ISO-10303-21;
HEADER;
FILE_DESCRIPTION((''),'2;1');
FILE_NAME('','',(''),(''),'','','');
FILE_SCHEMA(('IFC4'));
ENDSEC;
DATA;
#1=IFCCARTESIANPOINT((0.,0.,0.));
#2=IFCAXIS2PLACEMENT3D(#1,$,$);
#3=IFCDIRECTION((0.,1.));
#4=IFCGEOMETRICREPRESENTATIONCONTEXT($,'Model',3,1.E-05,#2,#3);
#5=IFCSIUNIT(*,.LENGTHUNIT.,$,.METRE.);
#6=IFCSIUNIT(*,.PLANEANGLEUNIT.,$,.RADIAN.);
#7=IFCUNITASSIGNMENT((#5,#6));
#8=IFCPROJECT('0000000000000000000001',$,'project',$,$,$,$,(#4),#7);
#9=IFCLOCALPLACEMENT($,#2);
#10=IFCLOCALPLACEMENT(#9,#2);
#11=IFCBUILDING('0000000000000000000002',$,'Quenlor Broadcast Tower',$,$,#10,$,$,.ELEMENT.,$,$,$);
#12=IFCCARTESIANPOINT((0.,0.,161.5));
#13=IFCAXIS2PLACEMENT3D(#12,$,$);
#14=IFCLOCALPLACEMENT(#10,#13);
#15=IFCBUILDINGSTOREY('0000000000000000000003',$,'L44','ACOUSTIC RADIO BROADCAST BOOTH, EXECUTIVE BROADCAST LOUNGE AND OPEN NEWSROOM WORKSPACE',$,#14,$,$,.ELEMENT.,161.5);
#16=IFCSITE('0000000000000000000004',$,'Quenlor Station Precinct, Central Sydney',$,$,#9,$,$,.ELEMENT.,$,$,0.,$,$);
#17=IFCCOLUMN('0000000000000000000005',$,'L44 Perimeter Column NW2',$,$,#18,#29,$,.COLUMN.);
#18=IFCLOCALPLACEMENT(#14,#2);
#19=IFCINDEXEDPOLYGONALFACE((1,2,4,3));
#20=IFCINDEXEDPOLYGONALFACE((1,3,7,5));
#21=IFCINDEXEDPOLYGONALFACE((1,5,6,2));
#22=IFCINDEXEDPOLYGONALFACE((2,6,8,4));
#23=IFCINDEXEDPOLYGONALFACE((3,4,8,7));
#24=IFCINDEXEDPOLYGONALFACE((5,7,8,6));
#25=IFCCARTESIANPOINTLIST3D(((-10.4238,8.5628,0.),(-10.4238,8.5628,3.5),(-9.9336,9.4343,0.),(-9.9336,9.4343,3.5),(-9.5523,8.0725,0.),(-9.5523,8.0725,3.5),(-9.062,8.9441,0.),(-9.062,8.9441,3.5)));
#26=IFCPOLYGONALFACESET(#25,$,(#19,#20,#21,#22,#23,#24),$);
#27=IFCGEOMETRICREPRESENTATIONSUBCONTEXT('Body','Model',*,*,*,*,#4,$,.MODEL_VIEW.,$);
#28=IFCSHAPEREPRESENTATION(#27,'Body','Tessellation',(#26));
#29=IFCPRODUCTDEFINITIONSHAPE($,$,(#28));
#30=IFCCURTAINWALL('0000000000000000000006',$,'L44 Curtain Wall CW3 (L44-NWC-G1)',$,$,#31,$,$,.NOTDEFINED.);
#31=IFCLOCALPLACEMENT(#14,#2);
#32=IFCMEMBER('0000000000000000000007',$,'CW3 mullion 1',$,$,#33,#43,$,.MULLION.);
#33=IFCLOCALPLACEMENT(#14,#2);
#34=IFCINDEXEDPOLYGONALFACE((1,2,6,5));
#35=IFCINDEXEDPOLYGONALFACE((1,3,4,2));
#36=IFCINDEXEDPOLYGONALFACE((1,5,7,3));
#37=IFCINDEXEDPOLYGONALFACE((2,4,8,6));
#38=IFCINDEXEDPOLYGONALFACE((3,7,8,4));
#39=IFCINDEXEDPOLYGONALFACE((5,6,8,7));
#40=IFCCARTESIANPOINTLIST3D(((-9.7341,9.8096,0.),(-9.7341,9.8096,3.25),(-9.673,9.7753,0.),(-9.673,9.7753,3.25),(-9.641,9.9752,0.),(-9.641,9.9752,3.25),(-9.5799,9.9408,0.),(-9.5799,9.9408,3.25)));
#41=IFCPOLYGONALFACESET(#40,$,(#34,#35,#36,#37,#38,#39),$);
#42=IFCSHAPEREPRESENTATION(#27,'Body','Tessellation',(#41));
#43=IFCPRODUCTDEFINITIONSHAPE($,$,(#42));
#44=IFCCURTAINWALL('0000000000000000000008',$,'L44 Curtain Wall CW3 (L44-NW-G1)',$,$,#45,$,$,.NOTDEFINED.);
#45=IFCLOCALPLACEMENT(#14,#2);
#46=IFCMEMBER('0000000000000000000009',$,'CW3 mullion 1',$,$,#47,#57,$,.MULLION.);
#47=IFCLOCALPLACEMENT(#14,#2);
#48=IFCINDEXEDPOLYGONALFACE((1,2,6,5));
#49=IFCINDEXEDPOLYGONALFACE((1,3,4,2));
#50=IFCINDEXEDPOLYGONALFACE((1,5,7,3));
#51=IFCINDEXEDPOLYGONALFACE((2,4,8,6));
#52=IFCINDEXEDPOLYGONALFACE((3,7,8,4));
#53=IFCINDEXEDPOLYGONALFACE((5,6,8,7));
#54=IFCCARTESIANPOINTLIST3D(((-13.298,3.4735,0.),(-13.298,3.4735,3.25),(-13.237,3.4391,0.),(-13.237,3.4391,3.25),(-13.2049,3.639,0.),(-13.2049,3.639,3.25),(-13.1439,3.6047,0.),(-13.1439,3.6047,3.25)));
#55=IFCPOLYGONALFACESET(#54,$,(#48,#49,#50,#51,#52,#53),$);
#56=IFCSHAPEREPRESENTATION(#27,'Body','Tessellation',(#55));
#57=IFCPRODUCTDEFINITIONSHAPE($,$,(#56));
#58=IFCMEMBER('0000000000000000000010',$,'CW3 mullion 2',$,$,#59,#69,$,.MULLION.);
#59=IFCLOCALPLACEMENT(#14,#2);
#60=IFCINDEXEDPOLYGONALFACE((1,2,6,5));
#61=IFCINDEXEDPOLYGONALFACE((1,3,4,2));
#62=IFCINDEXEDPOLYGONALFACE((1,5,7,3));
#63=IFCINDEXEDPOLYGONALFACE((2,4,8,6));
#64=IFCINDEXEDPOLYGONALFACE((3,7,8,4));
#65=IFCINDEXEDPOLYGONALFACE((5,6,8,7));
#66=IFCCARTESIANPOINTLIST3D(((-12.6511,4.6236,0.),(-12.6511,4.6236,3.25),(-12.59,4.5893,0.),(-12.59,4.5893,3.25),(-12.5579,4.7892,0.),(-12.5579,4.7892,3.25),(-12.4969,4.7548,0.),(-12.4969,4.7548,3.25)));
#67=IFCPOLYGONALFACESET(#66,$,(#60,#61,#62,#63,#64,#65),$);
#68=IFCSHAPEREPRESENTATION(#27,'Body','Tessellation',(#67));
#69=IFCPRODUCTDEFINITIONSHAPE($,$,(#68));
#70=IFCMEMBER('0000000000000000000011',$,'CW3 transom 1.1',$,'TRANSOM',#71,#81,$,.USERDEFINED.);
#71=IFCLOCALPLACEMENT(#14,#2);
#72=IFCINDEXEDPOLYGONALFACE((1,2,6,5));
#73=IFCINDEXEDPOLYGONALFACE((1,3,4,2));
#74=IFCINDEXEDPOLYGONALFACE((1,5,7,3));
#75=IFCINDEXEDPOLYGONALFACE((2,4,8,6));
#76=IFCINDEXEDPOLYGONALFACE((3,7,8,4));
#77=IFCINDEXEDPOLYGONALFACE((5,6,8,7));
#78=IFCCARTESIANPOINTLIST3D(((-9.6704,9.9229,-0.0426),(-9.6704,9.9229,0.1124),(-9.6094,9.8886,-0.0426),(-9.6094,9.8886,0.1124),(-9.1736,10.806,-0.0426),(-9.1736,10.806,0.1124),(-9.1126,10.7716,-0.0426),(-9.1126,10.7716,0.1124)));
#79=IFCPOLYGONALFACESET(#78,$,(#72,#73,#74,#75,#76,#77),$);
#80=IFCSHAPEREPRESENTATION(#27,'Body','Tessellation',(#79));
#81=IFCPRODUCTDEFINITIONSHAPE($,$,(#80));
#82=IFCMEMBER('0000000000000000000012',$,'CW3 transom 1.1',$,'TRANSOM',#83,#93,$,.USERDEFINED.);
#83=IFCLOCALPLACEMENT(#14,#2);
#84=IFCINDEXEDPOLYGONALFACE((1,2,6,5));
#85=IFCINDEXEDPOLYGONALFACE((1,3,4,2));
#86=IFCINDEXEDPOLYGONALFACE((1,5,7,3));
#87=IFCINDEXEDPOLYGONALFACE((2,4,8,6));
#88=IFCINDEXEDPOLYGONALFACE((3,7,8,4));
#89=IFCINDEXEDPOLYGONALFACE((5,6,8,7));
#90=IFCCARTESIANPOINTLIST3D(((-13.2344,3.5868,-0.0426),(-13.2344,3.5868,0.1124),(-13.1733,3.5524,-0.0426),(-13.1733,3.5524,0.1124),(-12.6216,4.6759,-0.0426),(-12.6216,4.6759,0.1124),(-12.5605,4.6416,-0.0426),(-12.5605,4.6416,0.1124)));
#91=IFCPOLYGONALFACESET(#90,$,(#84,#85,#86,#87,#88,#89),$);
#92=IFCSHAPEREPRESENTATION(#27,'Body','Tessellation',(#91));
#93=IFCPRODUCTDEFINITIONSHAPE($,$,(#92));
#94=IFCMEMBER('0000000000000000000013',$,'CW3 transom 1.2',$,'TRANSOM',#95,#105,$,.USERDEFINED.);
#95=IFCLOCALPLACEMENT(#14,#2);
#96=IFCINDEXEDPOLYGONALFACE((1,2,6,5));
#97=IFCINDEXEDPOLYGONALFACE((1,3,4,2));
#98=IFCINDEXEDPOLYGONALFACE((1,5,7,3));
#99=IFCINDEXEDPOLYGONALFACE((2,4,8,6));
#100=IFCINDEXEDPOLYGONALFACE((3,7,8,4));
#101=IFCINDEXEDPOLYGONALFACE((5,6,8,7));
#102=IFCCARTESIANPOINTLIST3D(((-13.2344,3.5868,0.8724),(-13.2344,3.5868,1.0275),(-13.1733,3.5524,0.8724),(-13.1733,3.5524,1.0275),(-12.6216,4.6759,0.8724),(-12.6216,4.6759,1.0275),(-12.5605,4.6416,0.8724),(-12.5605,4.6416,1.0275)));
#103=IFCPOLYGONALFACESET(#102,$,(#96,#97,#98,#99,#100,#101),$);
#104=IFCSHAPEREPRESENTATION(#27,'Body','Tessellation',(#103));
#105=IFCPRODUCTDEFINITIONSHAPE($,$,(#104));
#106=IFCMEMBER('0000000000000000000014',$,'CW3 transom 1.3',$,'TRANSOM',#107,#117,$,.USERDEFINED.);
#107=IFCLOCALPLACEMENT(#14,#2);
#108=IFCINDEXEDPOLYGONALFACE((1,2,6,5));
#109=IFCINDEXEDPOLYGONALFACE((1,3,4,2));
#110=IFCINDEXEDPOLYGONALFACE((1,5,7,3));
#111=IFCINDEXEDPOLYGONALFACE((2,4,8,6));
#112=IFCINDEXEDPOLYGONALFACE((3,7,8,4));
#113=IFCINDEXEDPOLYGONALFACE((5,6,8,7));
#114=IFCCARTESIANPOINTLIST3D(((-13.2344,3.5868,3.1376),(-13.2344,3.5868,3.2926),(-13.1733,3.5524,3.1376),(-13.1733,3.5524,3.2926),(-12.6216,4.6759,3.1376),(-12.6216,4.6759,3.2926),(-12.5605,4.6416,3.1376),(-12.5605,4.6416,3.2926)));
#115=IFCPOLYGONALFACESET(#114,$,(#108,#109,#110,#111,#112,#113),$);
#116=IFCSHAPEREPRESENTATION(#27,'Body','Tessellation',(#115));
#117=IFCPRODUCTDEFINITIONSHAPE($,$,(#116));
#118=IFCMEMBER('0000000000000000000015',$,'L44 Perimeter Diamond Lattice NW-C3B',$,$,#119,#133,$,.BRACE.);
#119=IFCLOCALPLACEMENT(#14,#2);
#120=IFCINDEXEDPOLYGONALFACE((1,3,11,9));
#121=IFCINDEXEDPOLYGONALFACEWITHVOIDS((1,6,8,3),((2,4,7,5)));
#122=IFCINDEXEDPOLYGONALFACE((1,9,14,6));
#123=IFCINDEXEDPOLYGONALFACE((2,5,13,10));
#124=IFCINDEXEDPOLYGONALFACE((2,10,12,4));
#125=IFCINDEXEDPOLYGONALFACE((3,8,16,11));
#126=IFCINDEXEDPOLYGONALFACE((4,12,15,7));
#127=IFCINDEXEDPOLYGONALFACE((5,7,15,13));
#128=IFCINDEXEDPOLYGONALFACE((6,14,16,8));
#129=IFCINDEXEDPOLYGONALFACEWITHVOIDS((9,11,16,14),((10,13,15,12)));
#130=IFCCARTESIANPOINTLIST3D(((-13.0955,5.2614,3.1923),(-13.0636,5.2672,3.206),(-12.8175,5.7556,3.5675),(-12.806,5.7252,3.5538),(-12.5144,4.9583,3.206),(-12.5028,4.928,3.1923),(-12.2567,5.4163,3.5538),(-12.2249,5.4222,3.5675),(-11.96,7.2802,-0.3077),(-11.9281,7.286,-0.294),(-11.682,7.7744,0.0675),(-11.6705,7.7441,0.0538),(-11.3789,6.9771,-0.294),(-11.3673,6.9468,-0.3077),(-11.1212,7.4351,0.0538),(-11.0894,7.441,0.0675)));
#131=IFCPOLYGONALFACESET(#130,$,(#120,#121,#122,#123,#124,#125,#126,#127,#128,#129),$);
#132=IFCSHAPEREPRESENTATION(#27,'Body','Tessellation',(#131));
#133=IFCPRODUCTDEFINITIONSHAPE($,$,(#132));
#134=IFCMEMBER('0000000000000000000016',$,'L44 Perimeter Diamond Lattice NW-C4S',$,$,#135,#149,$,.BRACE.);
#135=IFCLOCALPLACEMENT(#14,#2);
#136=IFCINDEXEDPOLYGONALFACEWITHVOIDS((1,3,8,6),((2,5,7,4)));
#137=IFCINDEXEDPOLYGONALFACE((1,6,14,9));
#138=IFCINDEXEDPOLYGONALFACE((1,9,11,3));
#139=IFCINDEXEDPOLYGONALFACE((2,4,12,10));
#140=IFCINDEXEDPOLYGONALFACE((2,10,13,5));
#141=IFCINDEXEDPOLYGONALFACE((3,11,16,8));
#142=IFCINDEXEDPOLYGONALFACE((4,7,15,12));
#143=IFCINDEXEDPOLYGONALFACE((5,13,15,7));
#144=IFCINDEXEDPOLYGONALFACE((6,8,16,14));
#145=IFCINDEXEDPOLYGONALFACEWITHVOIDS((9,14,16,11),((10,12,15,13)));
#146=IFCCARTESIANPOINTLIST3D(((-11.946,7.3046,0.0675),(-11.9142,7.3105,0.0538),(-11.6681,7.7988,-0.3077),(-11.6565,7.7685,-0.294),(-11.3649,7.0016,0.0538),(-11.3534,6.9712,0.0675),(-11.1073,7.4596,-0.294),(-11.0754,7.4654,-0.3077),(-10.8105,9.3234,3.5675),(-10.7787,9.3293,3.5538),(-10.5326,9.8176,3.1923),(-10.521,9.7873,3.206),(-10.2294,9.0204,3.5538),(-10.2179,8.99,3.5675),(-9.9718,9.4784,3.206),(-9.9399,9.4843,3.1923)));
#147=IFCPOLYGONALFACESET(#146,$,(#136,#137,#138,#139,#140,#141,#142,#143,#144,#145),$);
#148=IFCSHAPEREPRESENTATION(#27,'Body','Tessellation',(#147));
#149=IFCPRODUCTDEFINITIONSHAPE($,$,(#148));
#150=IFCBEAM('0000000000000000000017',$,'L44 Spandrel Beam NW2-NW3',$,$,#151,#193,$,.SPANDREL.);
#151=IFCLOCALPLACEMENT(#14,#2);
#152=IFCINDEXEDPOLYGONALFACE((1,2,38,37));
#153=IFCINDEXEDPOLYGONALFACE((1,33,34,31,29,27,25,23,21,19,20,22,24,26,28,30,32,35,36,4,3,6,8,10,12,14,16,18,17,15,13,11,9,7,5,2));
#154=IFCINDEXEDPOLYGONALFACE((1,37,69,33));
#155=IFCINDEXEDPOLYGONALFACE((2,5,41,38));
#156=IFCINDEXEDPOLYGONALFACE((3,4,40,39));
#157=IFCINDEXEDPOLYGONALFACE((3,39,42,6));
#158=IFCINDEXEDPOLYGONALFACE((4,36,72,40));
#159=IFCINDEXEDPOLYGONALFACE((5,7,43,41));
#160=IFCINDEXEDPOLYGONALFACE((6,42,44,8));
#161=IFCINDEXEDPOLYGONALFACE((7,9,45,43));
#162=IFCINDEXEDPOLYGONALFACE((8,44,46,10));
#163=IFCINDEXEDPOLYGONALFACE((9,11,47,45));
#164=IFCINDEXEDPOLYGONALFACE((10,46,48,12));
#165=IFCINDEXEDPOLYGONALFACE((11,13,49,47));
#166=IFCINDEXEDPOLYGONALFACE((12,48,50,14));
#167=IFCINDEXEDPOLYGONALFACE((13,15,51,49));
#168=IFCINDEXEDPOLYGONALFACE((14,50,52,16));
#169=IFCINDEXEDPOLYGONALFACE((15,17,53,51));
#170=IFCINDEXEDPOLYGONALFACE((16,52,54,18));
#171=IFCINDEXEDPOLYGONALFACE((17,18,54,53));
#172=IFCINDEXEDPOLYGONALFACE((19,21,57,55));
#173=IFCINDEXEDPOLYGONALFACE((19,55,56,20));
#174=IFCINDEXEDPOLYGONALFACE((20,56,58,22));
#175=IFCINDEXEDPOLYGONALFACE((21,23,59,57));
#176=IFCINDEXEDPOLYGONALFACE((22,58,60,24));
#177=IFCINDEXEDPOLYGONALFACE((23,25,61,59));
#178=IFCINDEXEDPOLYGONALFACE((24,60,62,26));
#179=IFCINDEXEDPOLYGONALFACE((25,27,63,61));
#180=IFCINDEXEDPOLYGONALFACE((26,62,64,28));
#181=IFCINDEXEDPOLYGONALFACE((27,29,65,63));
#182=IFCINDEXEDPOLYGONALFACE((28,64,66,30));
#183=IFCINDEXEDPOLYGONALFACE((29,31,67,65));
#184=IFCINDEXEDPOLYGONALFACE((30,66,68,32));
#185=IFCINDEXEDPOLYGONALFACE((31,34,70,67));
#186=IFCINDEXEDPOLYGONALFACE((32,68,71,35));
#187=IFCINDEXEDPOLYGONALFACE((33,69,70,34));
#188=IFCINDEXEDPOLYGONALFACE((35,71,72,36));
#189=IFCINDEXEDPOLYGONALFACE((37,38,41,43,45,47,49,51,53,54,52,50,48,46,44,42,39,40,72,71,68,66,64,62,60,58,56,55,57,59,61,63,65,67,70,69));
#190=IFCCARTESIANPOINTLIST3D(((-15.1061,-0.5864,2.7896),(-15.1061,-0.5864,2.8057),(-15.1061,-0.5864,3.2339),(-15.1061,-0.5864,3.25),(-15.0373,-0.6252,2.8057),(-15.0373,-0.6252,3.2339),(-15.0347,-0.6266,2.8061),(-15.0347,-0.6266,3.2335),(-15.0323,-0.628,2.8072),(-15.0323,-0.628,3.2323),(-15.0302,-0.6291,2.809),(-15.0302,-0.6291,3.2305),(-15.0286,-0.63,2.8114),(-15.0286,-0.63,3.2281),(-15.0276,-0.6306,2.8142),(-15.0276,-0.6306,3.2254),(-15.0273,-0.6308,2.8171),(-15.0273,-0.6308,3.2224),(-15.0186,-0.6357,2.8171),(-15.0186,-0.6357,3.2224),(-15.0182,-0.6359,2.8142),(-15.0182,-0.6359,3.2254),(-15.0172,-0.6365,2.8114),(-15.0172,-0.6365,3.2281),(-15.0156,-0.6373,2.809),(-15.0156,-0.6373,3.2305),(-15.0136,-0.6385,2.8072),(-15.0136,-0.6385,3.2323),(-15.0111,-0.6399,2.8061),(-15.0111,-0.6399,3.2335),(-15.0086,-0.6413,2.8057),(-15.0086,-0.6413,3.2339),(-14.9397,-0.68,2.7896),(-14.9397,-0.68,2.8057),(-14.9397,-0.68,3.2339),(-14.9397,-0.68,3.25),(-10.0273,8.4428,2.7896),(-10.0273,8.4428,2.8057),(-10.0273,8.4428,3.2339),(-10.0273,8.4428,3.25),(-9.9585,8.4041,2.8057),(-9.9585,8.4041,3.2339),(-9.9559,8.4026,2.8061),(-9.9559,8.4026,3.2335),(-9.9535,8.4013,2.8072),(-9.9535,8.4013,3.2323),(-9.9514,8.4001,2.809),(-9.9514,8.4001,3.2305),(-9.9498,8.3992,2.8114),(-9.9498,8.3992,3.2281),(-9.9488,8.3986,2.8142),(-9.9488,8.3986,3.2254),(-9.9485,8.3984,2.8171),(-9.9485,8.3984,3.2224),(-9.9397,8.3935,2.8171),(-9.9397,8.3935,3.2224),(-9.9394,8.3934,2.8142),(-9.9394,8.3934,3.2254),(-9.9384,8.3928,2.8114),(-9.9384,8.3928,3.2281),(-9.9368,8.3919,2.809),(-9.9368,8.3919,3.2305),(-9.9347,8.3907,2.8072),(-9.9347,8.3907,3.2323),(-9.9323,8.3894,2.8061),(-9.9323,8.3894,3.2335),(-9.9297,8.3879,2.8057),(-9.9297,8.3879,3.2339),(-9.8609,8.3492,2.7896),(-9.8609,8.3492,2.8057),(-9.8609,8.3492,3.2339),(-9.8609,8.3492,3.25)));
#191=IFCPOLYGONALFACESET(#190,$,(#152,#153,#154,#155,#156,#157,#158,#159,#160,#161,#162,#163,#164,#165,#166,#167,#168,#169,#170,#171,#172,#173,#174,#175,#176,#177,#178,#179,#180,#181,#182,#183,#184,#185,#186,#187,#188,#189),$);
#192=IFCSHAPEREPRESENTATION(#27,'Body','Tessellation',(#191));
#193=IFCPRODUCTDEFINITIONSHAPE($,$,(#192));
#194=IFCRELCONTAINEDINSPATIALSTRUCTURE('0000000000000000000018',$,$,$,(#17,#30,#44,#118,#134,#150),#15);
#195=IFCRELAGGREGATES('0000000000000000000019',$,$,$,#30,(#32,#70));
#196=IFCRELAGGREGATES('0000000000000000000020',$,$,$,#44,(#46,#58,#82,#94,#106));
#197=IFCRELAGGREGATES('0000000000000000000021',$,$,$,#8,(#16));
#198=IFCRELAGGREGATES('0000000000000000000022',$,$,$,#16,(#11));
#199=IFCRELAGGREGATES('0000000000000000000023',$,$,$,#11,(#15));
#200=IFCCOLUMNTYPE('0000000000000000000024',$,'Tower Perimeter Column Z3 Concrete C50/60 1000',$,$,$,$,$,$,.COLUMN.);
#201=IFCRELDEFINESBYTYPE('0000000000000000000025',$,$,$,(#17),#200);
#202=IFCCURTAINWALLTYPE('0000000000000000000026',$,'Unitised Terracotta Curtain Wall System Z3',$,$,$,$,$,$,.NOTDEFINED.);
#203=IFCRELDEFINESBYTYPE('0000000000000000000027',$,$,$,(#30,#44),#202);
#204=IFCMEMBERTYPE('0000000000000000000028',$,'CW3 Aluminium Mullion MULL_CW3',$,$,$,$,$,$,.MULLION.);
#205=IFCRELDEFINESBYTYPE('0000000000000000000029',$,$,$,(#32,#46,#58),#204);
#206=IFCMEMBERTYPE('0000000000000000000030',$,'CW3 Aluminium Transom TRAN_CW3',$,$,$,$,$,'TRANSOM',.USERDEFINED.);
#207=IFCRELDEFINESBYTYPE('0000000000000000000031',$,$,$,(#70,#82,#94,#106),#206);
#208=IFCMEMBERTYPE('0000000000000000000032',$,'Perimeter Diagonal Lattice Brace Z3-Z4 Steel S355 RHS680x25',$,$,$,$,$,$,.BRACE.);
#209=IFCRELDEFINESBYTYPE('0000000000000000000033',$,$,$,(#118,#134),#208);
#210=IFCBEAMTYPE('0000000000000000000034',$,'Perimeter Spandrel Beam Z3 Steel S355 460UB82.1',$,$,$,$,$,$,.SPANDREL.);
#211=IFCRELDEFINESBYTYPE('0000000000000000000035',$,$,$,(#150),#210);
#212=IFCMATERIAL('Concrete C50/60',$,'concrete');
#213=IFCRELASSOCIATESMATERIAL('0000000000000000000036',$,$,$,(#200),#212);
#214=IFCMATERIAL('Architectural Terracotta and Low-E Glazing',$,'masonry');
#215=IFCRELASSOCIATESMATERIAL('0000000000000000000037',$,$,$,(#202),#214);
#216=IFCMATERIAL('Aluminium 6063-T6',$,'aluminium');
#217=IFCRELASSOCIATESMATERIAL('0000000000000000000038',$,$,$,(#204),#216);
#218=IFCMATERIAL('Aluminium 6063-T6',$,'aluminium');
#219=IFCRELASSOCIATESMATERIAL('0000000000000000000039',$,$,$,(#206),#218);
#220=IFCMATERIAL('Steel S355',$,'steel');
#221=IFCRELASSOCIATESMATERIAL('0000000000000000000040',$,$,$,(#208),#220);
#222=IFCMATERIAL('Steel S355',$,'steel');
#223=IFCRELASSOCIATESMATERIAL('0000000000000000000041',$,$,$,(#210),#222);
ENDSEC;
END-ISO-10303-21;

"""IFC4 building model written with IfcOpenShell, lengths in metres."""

from ifc_helpers import new_model, si_unit, direction, frame, origin, origin_2d, place, context, subcontext, project, spatial, rectangle, hollow_rectangle, i_section, extrude, material, material_profile, profile_set, type_object, element, aggregate, save


model = new_model("IFC4")

# Units and contexts
model_context = context("Model", 3, precision=1e-05, world=origin(), true_north=direction((0.0, 1.0)))
body_context = subcontext(model_context, "Body", "Model", "MODEL_VIEW")
ifc_project = project(units=[si_unit("LENGTHUNIT", "METRE"), si_unit("PLANEANGLEUNIT", "RADIAN")], contexts=[model_context])

# Site, building, storey
site_placement = place(None, origin())
site = spatial("IfcSite", under=ifc_project, at=site_placement, Name="Quenlor Station Precinct, Central Sydney", CompositionType="ELEMENT", RefElevation=0.0)
building_placement = place(site_placement, origin())
building = spatial("IfcBuilding", under=site, at=building_placement, Name="Quenlor Broadcast Tower", CompositionType="ELEMENT")
storey_placement = place(building_placement, frame((0.0, 0.0, 161.5)))
storey = spatial("IfcBuildingStorey", under=building, at=storey_placement, Name="L44", Description="ACOUSTIC RADIO BROADCAST BOOTH, EXECUTIVE BROADCAST LOUNGE AND OPEN NEWSROOM WORKSPACE", CompositionType="ELEMENT", Elevation=161.5)

# Column
ifc_material_1 = material(Name="Concrete C50/60", Category="concrete")
ifc_material_profile_1 = material_profile(ifc_material_1, rectangle(XDim=1.0, YDim=1.0, at=origin_2d()))
ifc_profile_set_1 = profile_set([ifc_material_profile_1], Name="Concrete C50/60 RC1000x1000")
column_type = type_object("IfcColumnType", Name="Tower Perimeter Column Z3 Concrete C50/60 1000", PredefinedType="COLUMN", material=ifc_profile_set_1)
column_placement = place(storey_placement, frame((-9.7429, 8.7534, 0.0), z_axis=(0.0, 0.0, 1.0), x_axis=(-0.871575, 0.490262, 0.0)))
element("IfcColumn", 1, at=column_placement, inside=storey, type_object=column_type, Name="L44 Perimeter Column NW2", PredefinedType="COLUMN", context=body_context, shape_type="SweptSolid", body=[
    extrude(rectangle(XDim=1.0, YDim=1.0, at=origin_2d()), origin(), (0.0, 0.0, 1.0), 3.5),
])

# Curtain wall, member
ifc_material_2 = material(Name="Architectural Terracotta and Low-E Glazing", Category="masonry")
curtain_wall_type = type_object("IfcCurtainWallType", Name="Unitised Terracotta Curtain Wall System Z3", PredefinedType="NOTDEFINED", material=ifc_material_2)
curtain_wall_1_placement = place(storey_placement, origin())
curtain_wall_1 = element("IfcCurtainWall", 2, at=curtain_wall_1_placement, inside=storey, type_object=curtain_wall_type, Name="L44 Curtain Wall CW3 (L44-NWC-G1)", PredefinedType="NOTDEFINED")
ifc_material_3 = material(Name="Aluminium 6063-T6", Category="aluminium")
ifc_material_profile_2 = material_profile(ifc_material_3, rectangle(XDim=0.0701, YDim=0.1899, at=origin_2d()))
ifc_profile_set_2 = profile_set([ifc_material_profile_2], Name="Aluminium 6063-T6 MULL70x190")
member_type_1 = type_object("IfcMemberType", Name="CW3 Aluminium Mullion MULL_CW3", PredefinedType="MULLION", material=ifc_profile_set_2)
member_1_placement = place(storey_placement, frame((-9.657, 9.8752, 0.0), z_axis=(0.0, 0.0, 1.0), x_axis=(-0.871601, 0.490216, 0.0)))
member_1 = element("IfcMember", 3, at=member_1_placement, type_object=member_type_1, Name="CW3 mullion 1", PredefinedType="MULLION", context=body_context, shape_type="SweptSolid", body=[
    extrude(rectangle(XDim=0.0701, YDim=0.1899, at=origin_2d()), origin(), (0.0, 0.0, 1.0), 3.25),
])

# Curtain wall, members
curtain_wall_2_placement = place(storey_placement, origin())
curtain_wall_2 = element("IfcCurtainWall", 4, at=curtain_wall_2_placement, inside=storey, type_object=curtain_wall_type, Name="L44 Curtain Wall CW3 (L44-NW-G1)", PredefinedType="NOTDEFINED")
member_2_placement = place(storey_placement, frame((-13.2209, 3.5391, 0.0), z_axis=(0.0, 0.0, 1.0), x_axis=(-0.871562, 0.490285, 0.0)))
member_2 = element("IfcMember", 5, at=member_2_placement, type_object=member_type_1, Name="CW3 mullion 1", PredefinedType="MULLION", context=body_context, shape_type="SweptSolid", body=[
    extrude(rectangle(XDim=0.0701, YDim=0.1899, at=origin_2d()), origin(), (0.0, 0.0, 1.0), 3.25),
])
member_3_placement = place(storey_placement, frame((-12.574, 4.6892, 0.0), z_axis=(0.0, 0.0, 1.0), x_axis=(-0.871562, 0.490285, 0.0)))
member_3 = element("IfcMember", 6, at=member_3_placement, type_object=member_type_1, Name="CW3 mullion 2", PredefinedType="MULLION", context=body_context, shape_type="SweptSolid", body=[
    extrude(rectangle(XDim=0.0701, YDim=0.1899, at=origin_2d()), origin(), (0.0, 0.0, 1.0), 3.25),
])

# Members
ifc_material_4 = material(Name="Aluminium 6063-T6", Category="aluminium")
ifc_material_profile_3 = material_profile(ifc_material_4, rectangle(XDim=0.0701, YDim=0.155, at=origin_2d()))
ifc_profile_set_3 = profile_set([ifc_material_profile_3], Name="Aluminium 6063-T6 TRAN70x155")
member_type_2 = type_object("IfcMemberType", Name="CW3 Aluminium Transom TRAN_CW3", ElementType="TRANSOM", PredefinedType="USERDEFINED", material=ifc_profile_set_3)
member_4_placement = place(storey_placement, frame((-9.6399, 9.9058, 0.0349), z_axis=(0.490341, 0.87153, 0.0), x_axis=(-0.87153, 0.490341, 0.0)))
member_4 = element("IfcMember", 7, at=member_4_placement, type_object=member_type_2, Name="CW3 transom 1.1", ObjectType="TRANSOM", PredefinedType="USERDEFINED", context=body_context, shape_type="SweptSolid", body=[
    extrude(rectangle(XDim=0.0701, YDim=0.155, at=origin_2d()), origin(), (0.0, 0.0, 1.0), 1.0132),
])
aggregate(curtain_wall_1, [member_1, member_4])
member_5_placement = place(storey_placement, frame((-13.2039, 3.5696, 0.0349), z_axis=(0.490363, 0.871518, 0.0), x_axis=(-0.871518, 0.490363, 0.0)))
member_5 = element("IfcMember", 8, at=member_5_placement, type_object=member_type_2, Name="CW3 transom 1.1", ObjectType="TRANSOM", PredefinedType="USERDEFINED", context=body_context, shape_type="SweptSolid", body=[
    extrude(rectangle(XDim=0.0701, YDim=0.155, at=origin_2d()), origin(), (0.0, 0.0, 1.0), 1.2498),
])
member_6_placement = place(storey_placement, frame((-13.2039, 3.5696, 0.95), z_axis=(0.490363, 0.871518, 0.0), x_axis=(-0.871518, 0.490363, 0.0)))
member_6 = element("IfcMember", 9, at=member_6_placement, type_object=member_type_2, Name="CW3 transom 1.2", ObjectType="TRANSOM", PredefinedType="USERDEFINED", context=body_context, shape_type="SweptSolid", body=[
    extrude(rectangle(XDim=0.0701, YDim=0.155, at=origin_2d()), origin(), (0.0, 0.0, 1.0), 1.2498),
])
member_7_placement = place(storey_placement, frame((-13.2039, 3.5696, 3.2151), z_axis=(0.490363, 0.871518, 0.0), x_axis=(-0.871518, 0.490363, 0.0)))
member_7 = element("IfcMember", 10, at=member_7_placement, type_object=member_type_2, Name="CW3 transom 1.3", ObjectType="TRANSOM", PredefinedType="USERDEFINED", context=body_context, shape_type="SweptSolid", body=[
    extrude(rectangle(XDim=0.0701, YDim=0.155, at=origin_2d()), origin(), (0.0, 0.0, 1.0), 1.2498),
])

# Members
ifc_material_5 = material(Name="Steel S355", Category="steel")
ifc_material_profile_4 = material_profile(ifc_material_5, hollow_rectangle(XDim=0.6799, YDim=0.6799, WallThickness=0.0249, at=origin_2d()))
ifc_profile_set_4 = profile_set([ifc_material_profile_4], Name="Steel S355 RHS680x680x25")
member_type_3 = type_object("IfcMemberType", Name="Perimeter Diagonal Lattice Brace Z3-Z4 Steel S355 RHS680x25", PredefinedType="BRACE", material=ifc_profile_set_4)
for number, where, z_axis, x_axis, name in (
    (11, (-11.5247, 7.3606, -0.1201), (-0.270549, -0.481009, 0.833927), (0.87159, -0.490236, 0.0), "L44 Perimeter Diamond Lattice NW-C3B"),
    (12, (-11.5107, 7.385, -0.1201), (0.270549, 0.481009, 0.833927), (-0.87159, 0.490236, 0.0), "L44 Perimeter Diamond Lattice NW-C4S"),
):
    element("IfcMember", number, at=place(storey_placement, frame(where, z_axis=z_axis, x_axis=x_axis)), inside=storey, type_object=member_type_3, Name=name, PredefinedType="BRACE", context=body_context, shape_type="SweptSolid", body=[
        extrude(hollow_rectangle(XDim=0.6799, YDim=0.6799, WallThickness=0.0249, at=origin_2d()), origin(), (0.0, 0.0, 1.0), 4.197),
    ])

# Beam
ifc_material_6 = material(Name="Steel S355", Category="steel")
ifc_material_profile_5 = material_profile(ifc_material_6, i_section(OverallWidth=0.1909, OverallDepth=0.4604, WebThickness=0.01, FlangeThickness=0.0161, FilletRadius=0.0115, at=origin_2d()))
ifc_profile_set_5 = profile_set([ifc_material_profile_5], Name="Steel S355 460UB82.1")
beam_type_1 = type_object("IfcBeamType", Name="Perimeter Spandrel Beam Z3 Steel S355 460UB82.1", PredefinedType="SPANDREL", material=ifc_profile_set_5)
beam_1_placement = place(storey_placement, frame((-9.9441, 8.396, 3.0198), z_axis=(-0.490252, -0.871581, 0.0), x_axis=(0.871581, -0.490252, 0.0)))
element("IfcBeam", 13, at=beam_1_placement, inside=storey, type_object=beam_type_1, Name="L44 Spandrel Beam NW2-NW3", PredefinedType="SPANDREL", context=body_context, shape_type="SweptSolid", body=[
    extrude(i_section(OverallWidth=0.1909, OverallDepth=0.4604, WebThickness=0.01, FlangeThickness=0.0161, FilletRadius=0.0115, at=origin_2d()), origin(), (0.0, 0.0, 1.0), 10.3596),
])

aggregate(curtain_wall_2, [member_2, member_3, member_5, member_6, member_7])

save(model, "model.ifc")
